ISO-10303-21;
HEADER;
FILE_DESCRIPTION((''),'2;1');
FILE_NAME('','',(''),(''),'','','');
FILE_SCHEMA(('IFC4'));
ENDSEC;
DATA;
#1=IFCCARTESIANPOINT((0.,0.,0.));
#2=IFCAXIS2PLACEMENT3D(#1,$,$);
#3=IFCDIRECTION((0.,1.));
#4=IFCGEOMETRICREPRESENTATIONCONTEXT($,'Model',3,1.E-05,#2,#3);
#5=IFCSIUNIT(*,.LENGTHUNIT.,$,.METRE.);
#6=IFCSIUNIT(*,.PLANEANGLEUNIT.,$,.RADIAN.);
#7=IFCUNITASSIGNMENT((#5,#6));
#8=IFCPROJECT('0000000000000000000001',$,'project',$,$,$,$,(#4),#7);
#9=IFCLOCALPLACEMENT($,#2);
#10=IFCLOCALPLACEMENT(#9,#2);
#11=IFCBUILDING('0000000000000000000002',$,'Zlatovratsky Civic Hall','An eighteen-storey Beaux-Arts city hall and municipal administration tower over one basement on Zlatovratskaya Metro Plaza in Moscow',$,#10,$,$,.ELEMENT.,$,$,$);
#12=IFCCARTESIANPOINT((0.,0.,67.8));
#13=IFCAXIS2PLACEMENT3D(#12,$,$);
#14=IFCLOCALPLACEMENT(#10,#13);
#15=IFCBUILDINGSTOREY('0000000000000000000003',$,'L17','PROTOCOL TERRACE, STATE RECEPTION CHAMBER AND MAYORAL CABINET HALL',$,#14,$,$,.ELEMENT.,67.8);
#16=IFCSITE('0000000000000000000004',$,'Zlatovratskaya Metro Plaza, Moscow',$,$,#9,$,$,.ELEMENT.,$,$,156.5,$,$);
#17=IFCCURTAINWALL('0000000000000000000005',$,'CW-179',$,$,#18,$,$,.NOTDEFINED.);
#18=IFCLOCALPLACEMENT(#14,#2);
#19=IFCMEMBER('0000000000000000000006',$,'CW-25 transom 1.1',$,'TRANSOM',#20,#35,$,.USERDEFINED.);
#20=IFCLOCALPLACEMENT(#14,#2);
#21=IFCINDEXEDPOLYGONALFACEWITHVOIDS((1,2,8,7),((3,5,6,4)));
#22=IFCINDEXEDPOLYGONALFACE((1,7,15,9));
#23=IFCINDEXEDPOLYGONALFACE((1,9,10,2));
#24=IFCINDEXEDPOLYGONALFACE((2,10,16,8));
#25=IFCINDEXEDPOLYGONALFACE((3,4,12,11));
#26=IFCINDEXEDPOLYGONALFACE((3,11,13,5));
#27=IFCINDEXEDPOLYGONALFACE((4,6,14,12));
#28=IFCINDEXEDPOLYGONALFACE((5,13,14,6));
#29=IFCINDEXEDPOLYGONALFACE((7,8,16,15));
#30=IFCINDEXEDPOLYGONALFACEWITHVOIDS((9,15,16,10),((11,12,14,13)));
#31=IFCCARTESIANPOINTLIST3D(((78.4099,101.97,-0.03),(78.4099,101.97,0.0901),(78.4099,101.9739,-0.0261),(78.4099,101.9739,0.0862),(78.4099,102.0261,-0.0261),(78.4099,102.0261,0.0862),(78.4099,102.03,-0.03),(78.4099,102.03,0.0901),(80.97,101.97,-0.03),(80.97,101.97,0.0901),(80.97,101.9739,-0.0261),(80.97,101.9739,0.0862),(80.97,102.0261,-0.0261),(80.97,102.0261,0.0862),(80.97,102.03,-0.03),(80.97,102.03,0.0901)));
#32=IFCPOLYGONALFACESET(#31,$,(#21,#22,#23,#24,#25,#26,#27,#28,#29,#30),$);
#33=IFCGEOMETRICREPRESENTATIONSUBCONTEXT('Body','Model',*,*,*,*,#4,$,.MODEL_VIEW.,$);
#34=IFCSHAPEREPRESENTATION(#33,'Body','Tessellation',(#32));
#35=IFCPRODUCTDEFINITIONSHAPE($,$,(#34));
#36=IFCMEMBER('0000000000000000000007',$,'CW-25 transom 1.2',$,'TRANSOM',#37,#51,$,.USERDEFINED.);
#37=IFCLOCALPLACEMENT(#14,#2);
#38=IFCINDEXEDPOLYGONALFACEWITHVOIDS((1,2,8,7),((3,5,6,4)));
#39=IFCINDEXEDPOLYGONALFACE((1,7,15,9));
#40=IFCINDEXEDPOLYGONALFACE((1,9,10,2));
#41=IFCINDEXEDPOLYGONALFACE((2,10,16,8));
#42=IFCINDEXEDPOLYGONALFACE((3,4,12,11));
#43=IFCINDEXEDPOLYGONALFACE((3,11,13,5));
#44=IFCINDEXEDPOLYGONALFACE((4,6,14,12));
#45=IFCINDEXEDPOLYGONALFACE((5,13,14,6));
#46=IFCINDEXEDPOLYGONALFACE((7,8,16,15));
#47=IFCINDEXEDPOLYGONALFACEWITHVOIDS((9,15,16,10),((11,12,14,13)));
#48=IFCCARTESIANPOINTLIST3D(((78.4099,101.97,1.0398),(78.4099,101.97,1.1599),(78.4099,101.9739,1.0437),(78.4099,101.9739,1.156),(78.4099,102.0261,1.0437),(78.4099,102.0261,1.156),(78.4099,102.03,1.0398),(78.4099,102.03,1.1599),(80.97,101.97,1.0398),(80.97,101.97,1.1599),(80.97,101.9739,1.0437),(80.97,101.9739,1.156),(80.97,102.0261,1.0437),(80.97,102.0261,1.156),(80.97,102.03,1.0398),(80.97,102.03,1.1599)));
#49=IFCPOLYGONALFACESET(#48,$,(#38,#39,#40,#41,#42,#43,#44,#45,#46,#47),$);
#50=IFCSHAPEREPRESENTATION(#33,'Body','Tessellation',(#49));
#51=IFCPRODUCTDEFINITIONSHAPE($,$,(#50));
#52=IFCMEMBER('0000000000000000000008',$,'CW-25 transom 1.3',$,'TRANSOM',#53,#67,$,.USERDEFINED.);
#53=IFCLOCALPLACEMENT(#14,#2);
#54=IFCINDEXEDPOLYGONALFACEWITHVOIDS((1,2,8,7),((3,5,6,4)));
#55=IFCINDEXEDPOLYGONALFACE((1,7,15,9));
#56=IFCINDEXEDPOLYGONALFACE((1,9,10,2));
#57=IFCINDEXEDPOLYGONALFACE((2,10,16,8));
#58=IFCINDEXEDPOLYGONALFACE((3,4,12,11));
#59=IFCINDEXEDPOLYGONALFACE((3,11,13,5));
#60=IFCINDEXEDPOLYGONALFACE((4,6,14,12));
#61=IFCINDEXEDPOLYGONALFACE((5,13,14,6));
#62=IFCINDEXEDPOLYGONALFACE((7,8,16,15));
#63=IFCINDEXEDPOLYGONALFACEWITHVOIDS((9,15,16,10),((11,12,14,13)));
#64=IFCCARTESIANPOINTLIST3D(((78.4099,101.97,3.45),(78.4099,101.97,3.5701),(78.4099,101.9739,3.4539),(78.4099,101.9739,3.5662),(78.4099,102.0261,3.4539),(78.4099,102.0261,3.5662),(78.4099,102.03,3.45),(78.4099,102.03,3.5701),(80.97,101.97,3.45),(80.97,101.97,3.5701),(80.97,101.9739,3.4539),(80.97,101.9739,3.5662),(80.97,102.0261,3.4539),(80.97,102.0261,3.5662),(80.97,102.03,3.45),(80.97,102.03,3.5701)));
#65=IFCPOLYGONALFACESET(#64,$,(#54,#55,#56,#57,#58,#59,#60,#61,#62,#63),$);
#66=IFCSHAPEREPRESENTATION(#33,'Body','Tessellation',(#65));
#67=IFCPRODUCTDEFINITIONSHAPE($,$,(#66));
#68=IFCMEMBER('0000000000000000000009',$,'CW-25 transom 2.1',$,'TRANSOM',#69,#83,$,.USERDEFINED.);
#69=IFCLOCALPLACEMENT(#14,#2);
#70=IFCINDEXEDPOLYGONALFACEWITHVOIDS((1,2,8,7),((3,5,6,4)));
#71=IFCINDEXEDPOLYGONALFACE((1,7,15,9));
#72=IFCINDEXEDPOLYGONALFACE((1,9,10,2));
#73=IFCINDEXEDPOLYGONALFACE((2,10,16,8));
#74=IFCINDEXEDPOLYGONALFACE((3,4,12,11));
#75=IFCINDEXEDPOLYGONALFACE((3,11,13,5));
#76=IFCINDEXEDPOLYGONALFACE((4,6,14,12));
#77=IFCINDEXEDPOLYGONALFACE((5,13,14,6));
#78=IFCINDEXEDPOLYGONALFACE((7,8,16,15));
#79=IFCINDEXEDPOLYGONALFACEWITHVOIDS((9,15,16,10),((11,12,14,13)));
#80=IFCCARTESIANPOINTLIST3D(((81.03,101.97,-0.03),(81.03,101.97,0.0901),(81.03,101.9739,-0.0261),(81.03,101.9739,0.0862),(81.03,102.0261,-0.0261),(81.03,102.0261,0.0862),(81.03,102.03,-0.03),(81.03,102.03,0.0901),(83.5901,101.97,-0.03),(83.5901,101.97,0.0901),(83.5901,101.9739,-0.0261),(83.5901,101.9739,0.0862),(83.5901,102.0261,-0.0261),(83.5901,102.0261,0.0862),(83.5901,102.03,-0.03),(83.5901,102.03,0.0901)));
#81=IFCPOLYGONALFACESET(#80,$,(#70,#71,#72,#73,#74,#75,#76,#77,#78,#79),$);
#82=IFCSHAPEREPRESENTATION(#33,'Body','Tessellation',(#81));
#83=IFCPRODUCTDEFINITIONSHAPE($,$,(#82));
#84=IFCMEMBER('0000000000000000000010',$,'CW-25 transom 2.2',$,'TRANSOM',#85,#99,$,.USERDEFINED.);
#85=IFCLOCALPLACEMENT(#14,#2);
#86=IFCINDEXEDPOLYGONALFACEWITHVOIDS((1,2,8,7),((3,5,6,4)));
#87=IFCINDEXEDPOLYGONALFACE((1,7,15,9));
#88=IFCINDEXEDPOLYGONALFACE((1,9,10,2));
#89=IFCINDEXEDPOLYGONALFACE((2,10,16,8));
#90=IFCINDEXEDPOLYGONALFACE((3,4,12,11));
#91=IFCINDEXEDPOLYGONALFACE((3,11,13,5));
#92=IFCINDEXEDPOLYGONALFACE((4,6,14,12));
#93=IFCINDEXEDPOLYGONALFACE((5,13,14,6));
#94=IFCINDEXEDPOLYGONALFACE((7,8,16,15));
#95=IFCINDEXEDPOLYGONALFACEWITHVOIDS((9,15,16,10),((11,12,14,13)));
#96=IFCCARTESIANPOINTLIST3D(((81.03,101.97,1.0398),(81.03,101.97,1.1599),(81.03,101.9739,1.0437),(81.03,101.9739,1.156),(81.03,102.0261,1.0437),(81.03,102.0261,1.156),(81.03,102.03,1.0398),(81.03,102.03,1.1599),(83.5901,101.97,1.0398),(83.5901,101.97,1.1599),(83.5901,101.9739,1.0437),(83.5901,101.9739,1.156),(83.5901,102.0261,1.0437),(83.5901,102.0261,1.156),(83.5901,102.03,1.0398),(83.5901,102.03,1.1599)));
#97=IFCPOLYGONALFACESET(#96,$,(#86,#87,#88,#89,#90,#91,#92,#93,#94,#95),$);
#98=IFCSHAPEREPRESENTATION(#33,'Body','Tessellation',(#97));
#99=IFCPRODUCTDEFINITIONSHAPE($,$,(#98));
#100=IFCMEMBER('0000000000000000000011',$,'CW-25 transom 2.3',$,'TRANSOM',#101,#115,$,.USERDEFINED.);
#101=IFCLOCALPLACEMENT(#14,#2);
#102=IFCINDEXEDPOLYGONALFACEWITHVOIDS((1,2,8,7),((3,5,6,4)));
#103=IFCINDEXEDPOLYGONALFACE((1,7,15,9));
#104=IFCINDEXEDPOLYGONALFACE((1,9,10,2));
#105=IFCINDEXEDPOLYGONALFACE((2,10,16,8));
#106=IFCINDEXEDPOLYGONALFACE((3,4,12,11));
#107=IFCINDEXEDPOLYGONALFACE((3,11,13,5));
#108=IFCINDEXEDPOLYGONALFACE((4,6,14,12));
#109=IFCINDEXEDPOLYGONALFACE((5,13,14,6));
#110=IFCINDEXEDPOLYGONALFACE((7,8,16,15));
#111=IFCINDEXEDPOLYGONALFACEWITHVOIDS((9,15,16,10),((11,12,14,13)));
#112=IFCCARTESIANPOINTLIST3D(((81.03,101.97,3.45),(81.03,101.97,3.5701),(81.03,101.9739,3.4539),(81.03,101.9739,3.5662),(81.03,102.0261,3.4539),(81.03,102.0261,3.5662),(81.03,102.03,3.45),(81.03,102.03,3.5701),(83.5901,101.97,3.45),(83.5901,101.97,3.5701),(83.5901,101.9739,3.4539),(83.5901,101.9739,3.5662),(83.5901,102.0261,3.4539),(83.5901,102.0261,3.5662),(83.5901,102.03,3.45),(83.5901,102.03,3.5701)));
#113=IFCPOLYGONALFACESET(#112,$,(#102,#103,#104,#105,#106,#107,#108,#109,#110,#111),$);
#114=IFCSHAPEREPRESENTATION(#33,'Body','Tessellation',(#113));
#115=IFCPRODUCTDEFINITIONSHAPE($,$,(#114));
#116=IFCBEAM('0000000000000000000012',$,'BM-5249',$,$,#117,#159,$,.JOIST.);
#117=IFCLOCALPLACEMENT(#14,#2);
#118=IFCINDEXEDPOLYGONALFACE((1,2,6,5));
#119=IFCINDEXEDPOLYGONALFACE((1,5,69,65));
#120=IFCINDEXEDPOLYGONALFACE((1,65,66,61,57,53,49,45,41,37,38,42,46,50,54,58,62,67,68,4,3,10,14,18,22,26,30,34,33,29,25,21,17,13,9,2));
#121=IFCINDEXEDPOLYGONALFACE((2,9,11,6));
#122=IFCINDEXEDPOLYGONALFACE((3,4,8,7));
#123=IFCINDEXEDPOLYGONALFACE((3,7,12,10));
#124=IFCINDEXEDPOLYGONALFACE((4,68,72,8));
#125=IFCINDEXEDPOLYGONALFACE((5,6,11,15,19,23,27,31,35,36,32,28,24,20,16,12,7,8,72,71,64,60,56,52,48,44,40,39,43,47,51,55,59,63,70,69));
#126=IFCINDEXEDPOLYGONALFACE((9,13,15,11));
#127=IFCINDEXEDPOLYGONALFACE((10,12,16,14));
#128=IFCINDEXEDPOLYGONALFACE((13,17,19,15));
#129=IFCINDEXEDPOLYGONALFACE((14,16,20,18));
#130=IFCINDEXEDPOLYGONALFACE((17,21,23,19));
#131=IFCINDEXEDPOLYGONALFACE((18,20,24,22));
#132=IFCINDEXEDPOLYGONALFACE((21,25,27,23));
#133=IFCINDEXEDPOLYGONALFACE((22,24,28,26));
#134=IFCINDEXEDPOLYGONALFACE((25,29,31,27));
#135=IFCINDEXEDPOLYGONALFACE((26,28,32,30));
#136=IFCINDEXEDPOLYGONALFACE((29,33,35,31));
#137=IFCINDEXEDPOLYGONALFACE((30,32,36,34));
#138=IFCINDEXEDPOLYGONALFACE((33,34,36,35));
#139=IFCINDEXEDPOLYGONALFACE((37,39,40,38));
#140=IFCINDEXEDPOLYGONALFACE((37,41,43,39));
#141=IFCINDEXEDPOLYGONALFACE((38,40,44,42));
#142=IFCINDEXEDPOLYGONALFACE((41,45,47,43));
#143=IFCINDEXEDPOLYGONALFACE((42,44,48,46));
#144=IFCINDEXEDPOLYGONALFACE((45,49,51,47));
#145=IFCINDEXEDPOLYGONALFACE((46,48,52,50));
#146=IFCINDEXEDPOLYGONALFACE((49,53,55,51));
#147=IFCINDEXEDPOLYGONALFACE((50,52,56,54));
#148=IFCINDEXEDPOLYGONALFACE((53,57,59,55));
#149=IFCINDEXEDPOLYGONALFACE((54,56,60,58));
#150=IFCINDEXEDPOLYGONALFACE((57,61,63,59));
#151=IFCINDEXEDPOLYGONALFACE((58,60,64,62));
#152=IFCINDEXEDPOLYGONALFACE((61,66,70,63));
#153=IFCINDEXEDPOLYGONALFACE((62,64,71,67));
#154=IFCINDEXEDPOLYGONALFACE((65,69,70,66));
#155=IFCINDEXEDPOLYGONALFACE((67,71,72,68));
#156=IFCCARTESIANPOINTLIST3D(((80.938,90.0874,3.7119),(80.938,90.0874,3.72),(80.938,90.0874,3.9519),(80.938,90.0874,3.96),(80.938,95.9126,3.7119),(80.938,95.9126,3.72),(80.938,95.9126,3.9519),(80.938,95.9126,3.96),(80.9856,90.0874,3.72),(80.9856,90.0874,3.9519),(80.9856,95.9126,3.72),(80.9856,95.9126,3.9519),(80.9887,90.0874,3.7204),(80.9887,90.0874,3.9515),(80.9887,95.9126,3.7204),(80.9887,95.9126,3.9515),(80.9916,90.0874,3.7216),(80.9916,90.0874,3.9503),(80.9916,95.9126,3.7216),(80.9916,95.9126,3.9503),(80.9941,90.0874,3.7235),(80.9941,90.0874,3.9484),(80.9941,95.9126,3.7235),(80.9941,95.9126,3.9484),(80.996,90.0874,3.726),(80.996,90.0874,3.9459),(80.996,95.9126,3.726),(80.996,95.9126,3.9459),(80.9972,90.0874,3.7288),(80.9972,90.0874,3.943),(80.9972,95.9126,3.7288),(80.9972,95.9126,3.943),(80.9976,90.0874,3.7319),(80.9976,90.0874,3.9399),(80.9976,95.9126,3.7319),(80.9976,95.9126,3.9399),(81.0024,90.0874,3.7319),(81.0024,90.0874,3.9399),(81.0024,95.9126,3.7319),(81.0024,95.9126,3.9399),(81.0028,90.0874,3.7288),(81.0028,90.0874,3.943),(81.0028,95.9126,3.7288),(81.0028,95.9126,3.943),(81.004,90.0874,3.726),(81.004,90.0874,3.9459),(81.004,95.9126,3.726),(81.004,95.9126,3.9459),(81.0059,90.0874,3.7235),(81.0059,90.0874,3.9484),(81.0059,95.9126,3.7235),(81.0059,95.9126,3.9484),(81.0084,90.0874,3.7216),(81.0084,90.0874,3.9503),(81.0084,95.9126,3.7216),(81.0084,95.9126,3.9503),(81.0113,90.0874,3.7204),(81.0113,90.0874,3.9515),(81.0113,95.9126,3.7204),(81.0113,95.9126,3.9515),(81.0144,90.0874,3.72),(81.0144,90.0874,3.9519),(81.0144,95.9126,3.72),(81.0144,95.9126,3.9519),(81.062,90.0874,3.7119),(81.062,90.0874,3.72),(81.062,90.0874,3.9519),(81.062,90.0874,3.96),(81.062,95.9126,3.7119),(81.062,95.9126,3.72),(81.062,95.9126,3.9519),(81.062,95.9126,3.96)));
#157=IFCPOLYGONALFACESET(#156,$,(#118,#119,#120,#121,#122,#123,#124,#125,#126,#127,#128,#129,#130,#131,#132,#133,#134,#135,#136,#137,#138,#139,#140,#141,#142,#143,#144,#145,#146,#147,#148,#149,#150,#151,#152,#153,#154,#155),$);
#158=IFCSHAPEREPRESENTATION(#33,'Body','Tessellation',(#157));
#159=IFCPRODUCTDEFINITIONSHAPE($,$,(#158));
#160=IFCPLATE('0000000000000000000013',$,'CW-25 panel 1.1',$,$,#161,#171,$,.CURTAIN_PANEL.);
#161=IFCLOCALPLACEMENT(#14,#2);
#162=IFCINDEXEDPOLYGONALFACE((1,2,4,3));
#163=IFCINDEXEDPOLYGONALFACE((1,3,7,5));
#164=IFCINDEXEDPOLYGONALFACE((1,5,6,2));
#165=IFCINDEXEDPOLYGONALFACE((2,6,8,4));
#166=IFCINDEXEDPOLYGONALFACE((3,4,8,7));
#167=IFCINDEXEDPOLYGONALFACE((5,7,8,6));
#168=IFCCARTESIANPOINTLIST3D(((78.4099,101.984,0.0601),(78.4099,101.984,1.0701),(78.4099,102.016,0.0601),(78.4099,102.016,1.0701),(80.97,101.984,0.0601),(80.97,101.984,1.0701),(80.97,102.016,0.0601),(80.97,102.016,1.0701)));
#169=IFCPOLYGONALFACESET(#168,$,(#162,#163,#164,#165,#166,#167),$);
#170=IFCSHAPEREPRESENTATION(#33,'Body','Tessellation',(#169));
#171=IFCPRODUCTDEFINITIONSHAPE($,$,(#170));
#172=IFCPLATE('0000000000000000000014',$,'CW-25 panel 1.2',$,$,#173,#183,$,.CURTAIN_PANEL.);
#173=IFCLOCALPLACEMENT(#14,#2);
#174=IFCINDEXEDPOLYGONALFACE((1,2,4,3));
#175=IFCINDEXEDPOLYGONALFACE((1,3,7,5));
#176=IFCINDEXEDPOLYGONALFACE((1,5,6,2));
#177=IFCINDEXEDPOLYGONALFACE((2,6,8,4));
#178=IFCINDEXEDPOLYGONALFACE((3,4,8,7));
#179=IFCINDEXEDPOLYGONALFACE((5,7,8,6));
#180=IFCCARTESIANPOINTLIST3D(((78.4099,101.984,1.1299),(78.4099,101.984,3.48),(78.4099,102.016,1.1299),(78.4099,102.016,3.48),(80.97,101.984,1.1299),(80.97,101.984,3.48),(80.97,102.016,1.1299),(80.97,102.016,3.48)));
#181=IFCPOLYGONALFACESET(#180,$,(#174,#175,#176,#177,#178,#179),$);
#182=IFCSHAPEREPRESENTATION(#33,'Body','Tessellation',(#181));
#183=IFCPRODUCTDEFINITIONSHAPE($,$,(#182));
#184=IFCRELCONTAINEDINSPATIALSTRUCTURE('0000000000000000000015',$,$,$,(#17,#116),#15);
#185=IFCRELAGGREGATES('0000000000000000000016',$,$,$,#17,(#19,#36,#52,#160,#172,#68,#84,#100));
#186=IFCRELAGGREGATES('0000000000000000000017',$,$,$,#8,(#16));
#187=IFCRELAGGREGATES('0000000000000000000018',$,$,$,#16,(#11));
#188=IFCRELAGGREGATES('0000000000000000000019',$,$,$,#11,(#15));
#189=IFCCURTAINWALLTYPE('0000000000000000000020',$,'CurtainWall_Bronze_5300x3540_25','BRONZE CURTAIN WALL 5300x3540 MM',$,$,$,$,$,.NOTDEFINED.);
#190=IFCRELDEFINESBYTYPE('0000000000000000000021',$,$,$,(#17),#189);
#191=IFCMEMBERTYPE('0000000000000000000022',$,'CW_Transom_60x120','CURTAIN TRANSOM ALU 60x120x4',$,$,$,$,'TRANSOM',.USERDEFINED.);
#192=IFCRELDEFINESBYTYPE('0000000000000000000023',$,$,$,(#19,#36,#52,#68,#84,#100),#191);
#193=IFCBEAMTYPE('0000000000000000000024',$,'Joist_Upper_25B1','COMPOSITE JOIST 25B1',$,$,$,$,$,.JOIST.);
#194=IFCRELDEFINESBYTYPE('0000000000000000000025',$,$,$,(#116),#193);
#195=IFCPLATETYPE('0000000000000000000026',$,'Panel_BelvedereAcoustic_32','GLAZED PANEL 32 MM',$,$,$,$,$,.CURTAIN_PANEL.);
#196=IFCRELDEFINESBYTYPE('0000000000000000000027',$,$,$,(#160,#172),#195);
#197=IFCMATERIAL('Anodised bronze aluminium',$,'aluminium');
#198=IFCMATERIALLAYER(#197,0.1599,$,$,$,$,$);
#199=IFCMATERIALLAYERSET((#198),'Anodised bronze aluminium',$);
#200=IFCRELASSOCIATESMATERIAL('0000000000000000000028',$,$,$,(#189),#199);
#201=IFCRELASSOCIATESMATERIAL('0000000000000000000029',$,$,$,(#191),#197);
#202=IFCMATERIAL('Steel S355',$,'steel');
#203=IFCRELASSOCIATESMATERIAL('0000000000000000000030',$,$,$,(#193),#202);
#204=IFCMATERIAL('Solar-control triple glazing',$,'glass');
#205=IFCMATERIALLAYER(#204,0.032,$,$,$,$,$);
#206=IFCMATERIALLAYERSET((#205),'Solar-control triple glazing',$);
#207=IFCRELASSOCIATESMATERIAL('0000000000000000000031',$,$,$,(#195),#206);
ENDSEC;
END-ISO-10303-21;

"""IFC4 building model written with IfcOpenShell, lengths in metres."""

from ifc_helpers import new_model, si_unit, direction, frame, origin, origin_2d, place, context, subcontext, project, spatial, rectangle, hollow_rectangle, i_section, extrude, material, layer, layer_set, material_profile, profile_set, type_object, element, aggregate, save


model = new_model("IFC4")

# Units and contexts
model_context = context("Model", 3, precision=1e-05, world=origin(), true_north=direction((0.0, 1.0)))
body_context = subcontext(model_context, "Body", "Model", "MODEL_VIEW")
ifc_project = project(units=[si_unit("LENGTHUNIT", "METRE"), si_unit("PLANEANGLEUNIT", "RADIAN")], contexts=[model_context])

# Site, building, storey
site_placement = place(None, origin())
site = spatial("IfcSite", under=ifc_project, at=site_placement, Name="Zlatovratskaya Metro Plaza, Moscow", CompositionType="ELEMENT", RefElevation=156.5)
building_placement = place(site_placement, origin())
building = spatial("IfcBuilding", under=site, at=building_placement, Name="Zlatovratsky Civic Hall", Description="An eighteen-storey Beaux-Arts city hall and municipal administration tower over one basement on Zlatovratskaya Metro Plaza in Moscow", CompositionType="ELEMENT")
storey_placement = place(building_placement, frame((0.0, 0.0, 67.8)))
storey = spatial("IfcBuildingStorey", under=building, at=storey_placement, Name="L17", Description="PROTOCOL TERRACE, STATE RECEPTION CHAMBER AND MAYORAL CABINET HALL", CompositionType="ELEMENT", Elevation=67.8)

# Shared definitions
ifc_material_1 = material(Name="Steel S355", Category="steel")

# Curtain wall, members
ifc_material_2 = material(Name="Anodised bronze aluminium", Category="aluminium")
ifc_layer_1 = layer(ifc_material_2, 0.1599)
ifc_layer_set_1 = layer_set([ifc_layer_1], Name="Anodised bronze aluminium")
curtain_wall_type = type_object("IfcCurtainWallType", Name="CurtainWall_Bronze_5300x3540_25", Description="BRONZE CURTAIN WALL 5300x3540 MM", PredefinedType="NOTDEFINED", material=ifc_layer_set_1)
curtain_wall_placement = place(storey_placement, origin())
curtain_wall = element("IfcCurtainWall", 1, at=curtain_wall_placement, inside=storey, type_object=curtain_wall_type, Name="CW-179", PredefinedType="NOTDEFINED")
ifc_material_profile_1 = material_profile(ifc_material_2, hollow_rectangle(XDim=0.0601, YDim=0.1201, WallThickness=0.0039, at=origin_2d()), Name="ALU 60x120x4")
ifc_profile_set_1 = profile_set([ifc_material_profile_1], Name="Anodised bronze aluminium")
member_type_1 = type_object("IfcMemberType", Name="CW_Transom_60x120", Description="CURTAIN TRANSOM ALU 60x120x4", ElementType="TRANSOM", PredefinedType="USERDEFINED", material=ifc_profile_set_1)
member_1_placement = place(storey_placement, frame((78.4099, 102.0, 0.03), z_axis=(1.0, 0.0, 0.0), x_axis=(0.0, 1.0, 0.0)))
member_1 = element("IfcMember", 2, at=member_1_placement, type_object=member_type_1, Name="CW-25 transom 1.1", ObjectType="TRANSOM", PredefinedType="USERDEFINED", context=body_context, shape_type="SweptSolid", body=[
    extrude(hollow_rectangle(XDim=0.0601, YDim=0.1201, WallThickness=0.0039, at=origin_2d()), origin(), (0.0, 0.0, 1.0), 2.5601),
])
member_2_placement = place(storey_placement, frame((78.4099, 102.0, 1.0999), z_axis=(1.0, 0.0, 0.0), x_axis=(0.0, 1.0, 0.0)))
member_2 = element("IfcMember", 3, at=member_2_placement, type_object=member_type_1, Name="CW-25 transom 1.2", ObjectType="TRANSOM", PredefinedType="USERDEFINED", context=body_context, shape_type="SweptSolid", body=[
    extrude(hollow_rectangle(XDim=0.0601, YDim=0.1201, WallThickness=0.0039, at=origin_2d()), origin(), (0.0, 0.0, 1.0), 2.5601),
])
member_3_placement = place(storey_placement, frame((78.4099, 102.0, 3.51), z_axis=(1.0, 0.0, 0.0), x_axis=(0.0, 1.0, 0.0)))
member_3 = element("IfcMember", 4, at=member_3_placement, type_object=member_type_1, Name="CW-25 transom 1.3", ObjectType="TRANSOM", PredefinedType="USERDEFINED", context=body_context, shape_type="SweptSolid", body=[
    extrude(hollow_rectangle(XDim=0.0601, YDim=0.1201, WallThickness=0.0039, at=origin_2d()), origin(), (0.0, 0.0, 1.0), 2.5601),
])
member_4_placement = place(storey_placement, frame((81.03, 102.0, 0.03), z_axis=(1.0, 0.0, 0.0), x_axis=(0.0, 1.0, 0.0)))
member_4 = element("IfcMember", 5, at=member_4_placement, type_object=member_type_1, Name="CW-25 transom 2.1", ObjectType="TRANSOM", PredefinedType="USERDEFINED", context=body_context, shape_type="SweptSolid", body=[
    extrude(hollow_rectangle(XDim=0.0601, YDim=0.1201, WallThickness=0.0039, at=origin_2d()), origin(), (0.0, 0.0, 1.0), 2.5601),
])
member_5_placement = place(storey_placement, frame((81.03, 102.0, 1.0999), z_axis=(1.0, 0.0, 0.0), x_axis=(0.0, 1.0, 0.0)))
member_5 = element("IfcMember", 6, at=member_5_placement, type_object=member_type_1, Name="CW-25 transom 2.2", ObjectType="TRANSOM", PredefinedType="USERDEFINED", context=body_context, shape_type="SweptSolid", body=[
    extrude(hollow_rectangle(XDim=0.0601, YDim=0.1201, WallThickness=0.0039, at=origin_2d()), origin(), (0.0, 0.0, 1.0), 2.5601),
])
member_6_placement = place(storey_placement, frame((81.03, 102.0, 3.51), z_axis=(1.0, 0.0, 0.0), x_axis=(0.0, 1.0, 0.0)))
member_6 = element("IfcMember", 7, at=member_6_placement, type_object=member_type_1, Name="CW-25 transom 2.3", ObjectType="TRANSOM", PredefinedType="USERDEFINED", context=body_context, shape_type="SweptSolid", body=[
    extrude(hollow_rectangle(XDim=0.0601, YDim=0.1201, WallThickness=0.0039, at=origin_2d()), origin(), (0.0, 0.0, 1.0), 2.5601),
])

# Beam
ifc_material_profile_2 = material_profile(ifc_material_1, i_section(OverallWidth=0.124, OverallDepth=0.248, WebThickness=0.0049, FlangeThickness=0.0081, FilletRadius=0.012, at=origin_2d()), Name="25B1")
ifc_profile_set_2 = profile_set([ifc_material_profile_2], Name="Steel S355")
beam_type_1 = type_object("IfcBeamType", Name="Joist_Upper_25B1", Description="COMPOSITE JOIST 25B1", PredefinedType="JOIST", material=ifc_profile_set_2)
beam_1_placement = place(storey_placement, frame((81.0, 90.0874, 3.8359), z_axis=(0.0, 1.0, 0.0), x_axis=(-1.0, 0.0, 0.0)))
element("IfcBeam", 8, at=beam_1_placement, inside=storey, type_object=beam_type_1, Name="BM-5249", PredefinedType="JOIST", context=body_context, shape_type="SweptSolid", body=[
    extrude(i_section(OverallWidth=0.124, OverallDepth=0.248, WebThickness=0.0049, FlangeThickness=0.0081, FilletRadius=0.012, at=origin_2d()), origin(), (0.0, 0.0, 1.0), 5.8252),
])

# Plates
ifc_material_3 = material(Name="Solar-control triple glazing", Category="glass")
ifc_layer_2 = layer(ifc_material_3, 0.032)
ifc_layer_set_2 = layer_set([ifc_layer_2], Name="Solar-control triple glazing")
plate_type = type_object("IfcPlateType", Name="Panel_BelvedereAcoustic_32", Description="GLAZED PANEL 32 MM", PredefinedType="CURTAIN_PANEL", material=ifc_layer_set_2)
plate_1_placement = place(storey_placement, frame((79.6899, 102.0, 0.0601), z_axis=(0.0, 0.0, 1.0), x_axis=(1.0, 0.0, 0.0)))
plate_1 = element("IfcPlate", 9, at=plate_1_placement, type_object=plate_type, Name="CW-25 panel 1.1", PredefinedType="CURTAIN_PANEL", context=body_context, shape_type="SweptSolid", body=[
    extrude(rectangle(XDim=2.5601, YDim=0.032, at=origin_2d()), origin(), (0.0, 0.0, 1.0), 1.01),
])
plate_2_placement = place(storey_placement, frame((79.6899, 102.0, 1.1299), z_axis=(0.0, 0.0, 1.0), x_axis=(1.0, 0.0, 0.0)))
plate_2 = element("IfcPlate", 10, at=plate_2_placement, type_object=plate_type, Name="CW-25 panel 1.2", PredefinedType="CURTAIN_PANEL", context=body_context, shape_type="SweptSolid", body=[
    extrude(rectangle(XDim=2.5601, YDim=0.032, at=origin_2d()), origin(), (0.0, 0.0, 1.0), 2.3501),
])
aggregate(curtain_wall, [member_1, member_2, member_3, plate_1, plate_2, member_4, member_5, member_6])

save(model, "model.ifc")
